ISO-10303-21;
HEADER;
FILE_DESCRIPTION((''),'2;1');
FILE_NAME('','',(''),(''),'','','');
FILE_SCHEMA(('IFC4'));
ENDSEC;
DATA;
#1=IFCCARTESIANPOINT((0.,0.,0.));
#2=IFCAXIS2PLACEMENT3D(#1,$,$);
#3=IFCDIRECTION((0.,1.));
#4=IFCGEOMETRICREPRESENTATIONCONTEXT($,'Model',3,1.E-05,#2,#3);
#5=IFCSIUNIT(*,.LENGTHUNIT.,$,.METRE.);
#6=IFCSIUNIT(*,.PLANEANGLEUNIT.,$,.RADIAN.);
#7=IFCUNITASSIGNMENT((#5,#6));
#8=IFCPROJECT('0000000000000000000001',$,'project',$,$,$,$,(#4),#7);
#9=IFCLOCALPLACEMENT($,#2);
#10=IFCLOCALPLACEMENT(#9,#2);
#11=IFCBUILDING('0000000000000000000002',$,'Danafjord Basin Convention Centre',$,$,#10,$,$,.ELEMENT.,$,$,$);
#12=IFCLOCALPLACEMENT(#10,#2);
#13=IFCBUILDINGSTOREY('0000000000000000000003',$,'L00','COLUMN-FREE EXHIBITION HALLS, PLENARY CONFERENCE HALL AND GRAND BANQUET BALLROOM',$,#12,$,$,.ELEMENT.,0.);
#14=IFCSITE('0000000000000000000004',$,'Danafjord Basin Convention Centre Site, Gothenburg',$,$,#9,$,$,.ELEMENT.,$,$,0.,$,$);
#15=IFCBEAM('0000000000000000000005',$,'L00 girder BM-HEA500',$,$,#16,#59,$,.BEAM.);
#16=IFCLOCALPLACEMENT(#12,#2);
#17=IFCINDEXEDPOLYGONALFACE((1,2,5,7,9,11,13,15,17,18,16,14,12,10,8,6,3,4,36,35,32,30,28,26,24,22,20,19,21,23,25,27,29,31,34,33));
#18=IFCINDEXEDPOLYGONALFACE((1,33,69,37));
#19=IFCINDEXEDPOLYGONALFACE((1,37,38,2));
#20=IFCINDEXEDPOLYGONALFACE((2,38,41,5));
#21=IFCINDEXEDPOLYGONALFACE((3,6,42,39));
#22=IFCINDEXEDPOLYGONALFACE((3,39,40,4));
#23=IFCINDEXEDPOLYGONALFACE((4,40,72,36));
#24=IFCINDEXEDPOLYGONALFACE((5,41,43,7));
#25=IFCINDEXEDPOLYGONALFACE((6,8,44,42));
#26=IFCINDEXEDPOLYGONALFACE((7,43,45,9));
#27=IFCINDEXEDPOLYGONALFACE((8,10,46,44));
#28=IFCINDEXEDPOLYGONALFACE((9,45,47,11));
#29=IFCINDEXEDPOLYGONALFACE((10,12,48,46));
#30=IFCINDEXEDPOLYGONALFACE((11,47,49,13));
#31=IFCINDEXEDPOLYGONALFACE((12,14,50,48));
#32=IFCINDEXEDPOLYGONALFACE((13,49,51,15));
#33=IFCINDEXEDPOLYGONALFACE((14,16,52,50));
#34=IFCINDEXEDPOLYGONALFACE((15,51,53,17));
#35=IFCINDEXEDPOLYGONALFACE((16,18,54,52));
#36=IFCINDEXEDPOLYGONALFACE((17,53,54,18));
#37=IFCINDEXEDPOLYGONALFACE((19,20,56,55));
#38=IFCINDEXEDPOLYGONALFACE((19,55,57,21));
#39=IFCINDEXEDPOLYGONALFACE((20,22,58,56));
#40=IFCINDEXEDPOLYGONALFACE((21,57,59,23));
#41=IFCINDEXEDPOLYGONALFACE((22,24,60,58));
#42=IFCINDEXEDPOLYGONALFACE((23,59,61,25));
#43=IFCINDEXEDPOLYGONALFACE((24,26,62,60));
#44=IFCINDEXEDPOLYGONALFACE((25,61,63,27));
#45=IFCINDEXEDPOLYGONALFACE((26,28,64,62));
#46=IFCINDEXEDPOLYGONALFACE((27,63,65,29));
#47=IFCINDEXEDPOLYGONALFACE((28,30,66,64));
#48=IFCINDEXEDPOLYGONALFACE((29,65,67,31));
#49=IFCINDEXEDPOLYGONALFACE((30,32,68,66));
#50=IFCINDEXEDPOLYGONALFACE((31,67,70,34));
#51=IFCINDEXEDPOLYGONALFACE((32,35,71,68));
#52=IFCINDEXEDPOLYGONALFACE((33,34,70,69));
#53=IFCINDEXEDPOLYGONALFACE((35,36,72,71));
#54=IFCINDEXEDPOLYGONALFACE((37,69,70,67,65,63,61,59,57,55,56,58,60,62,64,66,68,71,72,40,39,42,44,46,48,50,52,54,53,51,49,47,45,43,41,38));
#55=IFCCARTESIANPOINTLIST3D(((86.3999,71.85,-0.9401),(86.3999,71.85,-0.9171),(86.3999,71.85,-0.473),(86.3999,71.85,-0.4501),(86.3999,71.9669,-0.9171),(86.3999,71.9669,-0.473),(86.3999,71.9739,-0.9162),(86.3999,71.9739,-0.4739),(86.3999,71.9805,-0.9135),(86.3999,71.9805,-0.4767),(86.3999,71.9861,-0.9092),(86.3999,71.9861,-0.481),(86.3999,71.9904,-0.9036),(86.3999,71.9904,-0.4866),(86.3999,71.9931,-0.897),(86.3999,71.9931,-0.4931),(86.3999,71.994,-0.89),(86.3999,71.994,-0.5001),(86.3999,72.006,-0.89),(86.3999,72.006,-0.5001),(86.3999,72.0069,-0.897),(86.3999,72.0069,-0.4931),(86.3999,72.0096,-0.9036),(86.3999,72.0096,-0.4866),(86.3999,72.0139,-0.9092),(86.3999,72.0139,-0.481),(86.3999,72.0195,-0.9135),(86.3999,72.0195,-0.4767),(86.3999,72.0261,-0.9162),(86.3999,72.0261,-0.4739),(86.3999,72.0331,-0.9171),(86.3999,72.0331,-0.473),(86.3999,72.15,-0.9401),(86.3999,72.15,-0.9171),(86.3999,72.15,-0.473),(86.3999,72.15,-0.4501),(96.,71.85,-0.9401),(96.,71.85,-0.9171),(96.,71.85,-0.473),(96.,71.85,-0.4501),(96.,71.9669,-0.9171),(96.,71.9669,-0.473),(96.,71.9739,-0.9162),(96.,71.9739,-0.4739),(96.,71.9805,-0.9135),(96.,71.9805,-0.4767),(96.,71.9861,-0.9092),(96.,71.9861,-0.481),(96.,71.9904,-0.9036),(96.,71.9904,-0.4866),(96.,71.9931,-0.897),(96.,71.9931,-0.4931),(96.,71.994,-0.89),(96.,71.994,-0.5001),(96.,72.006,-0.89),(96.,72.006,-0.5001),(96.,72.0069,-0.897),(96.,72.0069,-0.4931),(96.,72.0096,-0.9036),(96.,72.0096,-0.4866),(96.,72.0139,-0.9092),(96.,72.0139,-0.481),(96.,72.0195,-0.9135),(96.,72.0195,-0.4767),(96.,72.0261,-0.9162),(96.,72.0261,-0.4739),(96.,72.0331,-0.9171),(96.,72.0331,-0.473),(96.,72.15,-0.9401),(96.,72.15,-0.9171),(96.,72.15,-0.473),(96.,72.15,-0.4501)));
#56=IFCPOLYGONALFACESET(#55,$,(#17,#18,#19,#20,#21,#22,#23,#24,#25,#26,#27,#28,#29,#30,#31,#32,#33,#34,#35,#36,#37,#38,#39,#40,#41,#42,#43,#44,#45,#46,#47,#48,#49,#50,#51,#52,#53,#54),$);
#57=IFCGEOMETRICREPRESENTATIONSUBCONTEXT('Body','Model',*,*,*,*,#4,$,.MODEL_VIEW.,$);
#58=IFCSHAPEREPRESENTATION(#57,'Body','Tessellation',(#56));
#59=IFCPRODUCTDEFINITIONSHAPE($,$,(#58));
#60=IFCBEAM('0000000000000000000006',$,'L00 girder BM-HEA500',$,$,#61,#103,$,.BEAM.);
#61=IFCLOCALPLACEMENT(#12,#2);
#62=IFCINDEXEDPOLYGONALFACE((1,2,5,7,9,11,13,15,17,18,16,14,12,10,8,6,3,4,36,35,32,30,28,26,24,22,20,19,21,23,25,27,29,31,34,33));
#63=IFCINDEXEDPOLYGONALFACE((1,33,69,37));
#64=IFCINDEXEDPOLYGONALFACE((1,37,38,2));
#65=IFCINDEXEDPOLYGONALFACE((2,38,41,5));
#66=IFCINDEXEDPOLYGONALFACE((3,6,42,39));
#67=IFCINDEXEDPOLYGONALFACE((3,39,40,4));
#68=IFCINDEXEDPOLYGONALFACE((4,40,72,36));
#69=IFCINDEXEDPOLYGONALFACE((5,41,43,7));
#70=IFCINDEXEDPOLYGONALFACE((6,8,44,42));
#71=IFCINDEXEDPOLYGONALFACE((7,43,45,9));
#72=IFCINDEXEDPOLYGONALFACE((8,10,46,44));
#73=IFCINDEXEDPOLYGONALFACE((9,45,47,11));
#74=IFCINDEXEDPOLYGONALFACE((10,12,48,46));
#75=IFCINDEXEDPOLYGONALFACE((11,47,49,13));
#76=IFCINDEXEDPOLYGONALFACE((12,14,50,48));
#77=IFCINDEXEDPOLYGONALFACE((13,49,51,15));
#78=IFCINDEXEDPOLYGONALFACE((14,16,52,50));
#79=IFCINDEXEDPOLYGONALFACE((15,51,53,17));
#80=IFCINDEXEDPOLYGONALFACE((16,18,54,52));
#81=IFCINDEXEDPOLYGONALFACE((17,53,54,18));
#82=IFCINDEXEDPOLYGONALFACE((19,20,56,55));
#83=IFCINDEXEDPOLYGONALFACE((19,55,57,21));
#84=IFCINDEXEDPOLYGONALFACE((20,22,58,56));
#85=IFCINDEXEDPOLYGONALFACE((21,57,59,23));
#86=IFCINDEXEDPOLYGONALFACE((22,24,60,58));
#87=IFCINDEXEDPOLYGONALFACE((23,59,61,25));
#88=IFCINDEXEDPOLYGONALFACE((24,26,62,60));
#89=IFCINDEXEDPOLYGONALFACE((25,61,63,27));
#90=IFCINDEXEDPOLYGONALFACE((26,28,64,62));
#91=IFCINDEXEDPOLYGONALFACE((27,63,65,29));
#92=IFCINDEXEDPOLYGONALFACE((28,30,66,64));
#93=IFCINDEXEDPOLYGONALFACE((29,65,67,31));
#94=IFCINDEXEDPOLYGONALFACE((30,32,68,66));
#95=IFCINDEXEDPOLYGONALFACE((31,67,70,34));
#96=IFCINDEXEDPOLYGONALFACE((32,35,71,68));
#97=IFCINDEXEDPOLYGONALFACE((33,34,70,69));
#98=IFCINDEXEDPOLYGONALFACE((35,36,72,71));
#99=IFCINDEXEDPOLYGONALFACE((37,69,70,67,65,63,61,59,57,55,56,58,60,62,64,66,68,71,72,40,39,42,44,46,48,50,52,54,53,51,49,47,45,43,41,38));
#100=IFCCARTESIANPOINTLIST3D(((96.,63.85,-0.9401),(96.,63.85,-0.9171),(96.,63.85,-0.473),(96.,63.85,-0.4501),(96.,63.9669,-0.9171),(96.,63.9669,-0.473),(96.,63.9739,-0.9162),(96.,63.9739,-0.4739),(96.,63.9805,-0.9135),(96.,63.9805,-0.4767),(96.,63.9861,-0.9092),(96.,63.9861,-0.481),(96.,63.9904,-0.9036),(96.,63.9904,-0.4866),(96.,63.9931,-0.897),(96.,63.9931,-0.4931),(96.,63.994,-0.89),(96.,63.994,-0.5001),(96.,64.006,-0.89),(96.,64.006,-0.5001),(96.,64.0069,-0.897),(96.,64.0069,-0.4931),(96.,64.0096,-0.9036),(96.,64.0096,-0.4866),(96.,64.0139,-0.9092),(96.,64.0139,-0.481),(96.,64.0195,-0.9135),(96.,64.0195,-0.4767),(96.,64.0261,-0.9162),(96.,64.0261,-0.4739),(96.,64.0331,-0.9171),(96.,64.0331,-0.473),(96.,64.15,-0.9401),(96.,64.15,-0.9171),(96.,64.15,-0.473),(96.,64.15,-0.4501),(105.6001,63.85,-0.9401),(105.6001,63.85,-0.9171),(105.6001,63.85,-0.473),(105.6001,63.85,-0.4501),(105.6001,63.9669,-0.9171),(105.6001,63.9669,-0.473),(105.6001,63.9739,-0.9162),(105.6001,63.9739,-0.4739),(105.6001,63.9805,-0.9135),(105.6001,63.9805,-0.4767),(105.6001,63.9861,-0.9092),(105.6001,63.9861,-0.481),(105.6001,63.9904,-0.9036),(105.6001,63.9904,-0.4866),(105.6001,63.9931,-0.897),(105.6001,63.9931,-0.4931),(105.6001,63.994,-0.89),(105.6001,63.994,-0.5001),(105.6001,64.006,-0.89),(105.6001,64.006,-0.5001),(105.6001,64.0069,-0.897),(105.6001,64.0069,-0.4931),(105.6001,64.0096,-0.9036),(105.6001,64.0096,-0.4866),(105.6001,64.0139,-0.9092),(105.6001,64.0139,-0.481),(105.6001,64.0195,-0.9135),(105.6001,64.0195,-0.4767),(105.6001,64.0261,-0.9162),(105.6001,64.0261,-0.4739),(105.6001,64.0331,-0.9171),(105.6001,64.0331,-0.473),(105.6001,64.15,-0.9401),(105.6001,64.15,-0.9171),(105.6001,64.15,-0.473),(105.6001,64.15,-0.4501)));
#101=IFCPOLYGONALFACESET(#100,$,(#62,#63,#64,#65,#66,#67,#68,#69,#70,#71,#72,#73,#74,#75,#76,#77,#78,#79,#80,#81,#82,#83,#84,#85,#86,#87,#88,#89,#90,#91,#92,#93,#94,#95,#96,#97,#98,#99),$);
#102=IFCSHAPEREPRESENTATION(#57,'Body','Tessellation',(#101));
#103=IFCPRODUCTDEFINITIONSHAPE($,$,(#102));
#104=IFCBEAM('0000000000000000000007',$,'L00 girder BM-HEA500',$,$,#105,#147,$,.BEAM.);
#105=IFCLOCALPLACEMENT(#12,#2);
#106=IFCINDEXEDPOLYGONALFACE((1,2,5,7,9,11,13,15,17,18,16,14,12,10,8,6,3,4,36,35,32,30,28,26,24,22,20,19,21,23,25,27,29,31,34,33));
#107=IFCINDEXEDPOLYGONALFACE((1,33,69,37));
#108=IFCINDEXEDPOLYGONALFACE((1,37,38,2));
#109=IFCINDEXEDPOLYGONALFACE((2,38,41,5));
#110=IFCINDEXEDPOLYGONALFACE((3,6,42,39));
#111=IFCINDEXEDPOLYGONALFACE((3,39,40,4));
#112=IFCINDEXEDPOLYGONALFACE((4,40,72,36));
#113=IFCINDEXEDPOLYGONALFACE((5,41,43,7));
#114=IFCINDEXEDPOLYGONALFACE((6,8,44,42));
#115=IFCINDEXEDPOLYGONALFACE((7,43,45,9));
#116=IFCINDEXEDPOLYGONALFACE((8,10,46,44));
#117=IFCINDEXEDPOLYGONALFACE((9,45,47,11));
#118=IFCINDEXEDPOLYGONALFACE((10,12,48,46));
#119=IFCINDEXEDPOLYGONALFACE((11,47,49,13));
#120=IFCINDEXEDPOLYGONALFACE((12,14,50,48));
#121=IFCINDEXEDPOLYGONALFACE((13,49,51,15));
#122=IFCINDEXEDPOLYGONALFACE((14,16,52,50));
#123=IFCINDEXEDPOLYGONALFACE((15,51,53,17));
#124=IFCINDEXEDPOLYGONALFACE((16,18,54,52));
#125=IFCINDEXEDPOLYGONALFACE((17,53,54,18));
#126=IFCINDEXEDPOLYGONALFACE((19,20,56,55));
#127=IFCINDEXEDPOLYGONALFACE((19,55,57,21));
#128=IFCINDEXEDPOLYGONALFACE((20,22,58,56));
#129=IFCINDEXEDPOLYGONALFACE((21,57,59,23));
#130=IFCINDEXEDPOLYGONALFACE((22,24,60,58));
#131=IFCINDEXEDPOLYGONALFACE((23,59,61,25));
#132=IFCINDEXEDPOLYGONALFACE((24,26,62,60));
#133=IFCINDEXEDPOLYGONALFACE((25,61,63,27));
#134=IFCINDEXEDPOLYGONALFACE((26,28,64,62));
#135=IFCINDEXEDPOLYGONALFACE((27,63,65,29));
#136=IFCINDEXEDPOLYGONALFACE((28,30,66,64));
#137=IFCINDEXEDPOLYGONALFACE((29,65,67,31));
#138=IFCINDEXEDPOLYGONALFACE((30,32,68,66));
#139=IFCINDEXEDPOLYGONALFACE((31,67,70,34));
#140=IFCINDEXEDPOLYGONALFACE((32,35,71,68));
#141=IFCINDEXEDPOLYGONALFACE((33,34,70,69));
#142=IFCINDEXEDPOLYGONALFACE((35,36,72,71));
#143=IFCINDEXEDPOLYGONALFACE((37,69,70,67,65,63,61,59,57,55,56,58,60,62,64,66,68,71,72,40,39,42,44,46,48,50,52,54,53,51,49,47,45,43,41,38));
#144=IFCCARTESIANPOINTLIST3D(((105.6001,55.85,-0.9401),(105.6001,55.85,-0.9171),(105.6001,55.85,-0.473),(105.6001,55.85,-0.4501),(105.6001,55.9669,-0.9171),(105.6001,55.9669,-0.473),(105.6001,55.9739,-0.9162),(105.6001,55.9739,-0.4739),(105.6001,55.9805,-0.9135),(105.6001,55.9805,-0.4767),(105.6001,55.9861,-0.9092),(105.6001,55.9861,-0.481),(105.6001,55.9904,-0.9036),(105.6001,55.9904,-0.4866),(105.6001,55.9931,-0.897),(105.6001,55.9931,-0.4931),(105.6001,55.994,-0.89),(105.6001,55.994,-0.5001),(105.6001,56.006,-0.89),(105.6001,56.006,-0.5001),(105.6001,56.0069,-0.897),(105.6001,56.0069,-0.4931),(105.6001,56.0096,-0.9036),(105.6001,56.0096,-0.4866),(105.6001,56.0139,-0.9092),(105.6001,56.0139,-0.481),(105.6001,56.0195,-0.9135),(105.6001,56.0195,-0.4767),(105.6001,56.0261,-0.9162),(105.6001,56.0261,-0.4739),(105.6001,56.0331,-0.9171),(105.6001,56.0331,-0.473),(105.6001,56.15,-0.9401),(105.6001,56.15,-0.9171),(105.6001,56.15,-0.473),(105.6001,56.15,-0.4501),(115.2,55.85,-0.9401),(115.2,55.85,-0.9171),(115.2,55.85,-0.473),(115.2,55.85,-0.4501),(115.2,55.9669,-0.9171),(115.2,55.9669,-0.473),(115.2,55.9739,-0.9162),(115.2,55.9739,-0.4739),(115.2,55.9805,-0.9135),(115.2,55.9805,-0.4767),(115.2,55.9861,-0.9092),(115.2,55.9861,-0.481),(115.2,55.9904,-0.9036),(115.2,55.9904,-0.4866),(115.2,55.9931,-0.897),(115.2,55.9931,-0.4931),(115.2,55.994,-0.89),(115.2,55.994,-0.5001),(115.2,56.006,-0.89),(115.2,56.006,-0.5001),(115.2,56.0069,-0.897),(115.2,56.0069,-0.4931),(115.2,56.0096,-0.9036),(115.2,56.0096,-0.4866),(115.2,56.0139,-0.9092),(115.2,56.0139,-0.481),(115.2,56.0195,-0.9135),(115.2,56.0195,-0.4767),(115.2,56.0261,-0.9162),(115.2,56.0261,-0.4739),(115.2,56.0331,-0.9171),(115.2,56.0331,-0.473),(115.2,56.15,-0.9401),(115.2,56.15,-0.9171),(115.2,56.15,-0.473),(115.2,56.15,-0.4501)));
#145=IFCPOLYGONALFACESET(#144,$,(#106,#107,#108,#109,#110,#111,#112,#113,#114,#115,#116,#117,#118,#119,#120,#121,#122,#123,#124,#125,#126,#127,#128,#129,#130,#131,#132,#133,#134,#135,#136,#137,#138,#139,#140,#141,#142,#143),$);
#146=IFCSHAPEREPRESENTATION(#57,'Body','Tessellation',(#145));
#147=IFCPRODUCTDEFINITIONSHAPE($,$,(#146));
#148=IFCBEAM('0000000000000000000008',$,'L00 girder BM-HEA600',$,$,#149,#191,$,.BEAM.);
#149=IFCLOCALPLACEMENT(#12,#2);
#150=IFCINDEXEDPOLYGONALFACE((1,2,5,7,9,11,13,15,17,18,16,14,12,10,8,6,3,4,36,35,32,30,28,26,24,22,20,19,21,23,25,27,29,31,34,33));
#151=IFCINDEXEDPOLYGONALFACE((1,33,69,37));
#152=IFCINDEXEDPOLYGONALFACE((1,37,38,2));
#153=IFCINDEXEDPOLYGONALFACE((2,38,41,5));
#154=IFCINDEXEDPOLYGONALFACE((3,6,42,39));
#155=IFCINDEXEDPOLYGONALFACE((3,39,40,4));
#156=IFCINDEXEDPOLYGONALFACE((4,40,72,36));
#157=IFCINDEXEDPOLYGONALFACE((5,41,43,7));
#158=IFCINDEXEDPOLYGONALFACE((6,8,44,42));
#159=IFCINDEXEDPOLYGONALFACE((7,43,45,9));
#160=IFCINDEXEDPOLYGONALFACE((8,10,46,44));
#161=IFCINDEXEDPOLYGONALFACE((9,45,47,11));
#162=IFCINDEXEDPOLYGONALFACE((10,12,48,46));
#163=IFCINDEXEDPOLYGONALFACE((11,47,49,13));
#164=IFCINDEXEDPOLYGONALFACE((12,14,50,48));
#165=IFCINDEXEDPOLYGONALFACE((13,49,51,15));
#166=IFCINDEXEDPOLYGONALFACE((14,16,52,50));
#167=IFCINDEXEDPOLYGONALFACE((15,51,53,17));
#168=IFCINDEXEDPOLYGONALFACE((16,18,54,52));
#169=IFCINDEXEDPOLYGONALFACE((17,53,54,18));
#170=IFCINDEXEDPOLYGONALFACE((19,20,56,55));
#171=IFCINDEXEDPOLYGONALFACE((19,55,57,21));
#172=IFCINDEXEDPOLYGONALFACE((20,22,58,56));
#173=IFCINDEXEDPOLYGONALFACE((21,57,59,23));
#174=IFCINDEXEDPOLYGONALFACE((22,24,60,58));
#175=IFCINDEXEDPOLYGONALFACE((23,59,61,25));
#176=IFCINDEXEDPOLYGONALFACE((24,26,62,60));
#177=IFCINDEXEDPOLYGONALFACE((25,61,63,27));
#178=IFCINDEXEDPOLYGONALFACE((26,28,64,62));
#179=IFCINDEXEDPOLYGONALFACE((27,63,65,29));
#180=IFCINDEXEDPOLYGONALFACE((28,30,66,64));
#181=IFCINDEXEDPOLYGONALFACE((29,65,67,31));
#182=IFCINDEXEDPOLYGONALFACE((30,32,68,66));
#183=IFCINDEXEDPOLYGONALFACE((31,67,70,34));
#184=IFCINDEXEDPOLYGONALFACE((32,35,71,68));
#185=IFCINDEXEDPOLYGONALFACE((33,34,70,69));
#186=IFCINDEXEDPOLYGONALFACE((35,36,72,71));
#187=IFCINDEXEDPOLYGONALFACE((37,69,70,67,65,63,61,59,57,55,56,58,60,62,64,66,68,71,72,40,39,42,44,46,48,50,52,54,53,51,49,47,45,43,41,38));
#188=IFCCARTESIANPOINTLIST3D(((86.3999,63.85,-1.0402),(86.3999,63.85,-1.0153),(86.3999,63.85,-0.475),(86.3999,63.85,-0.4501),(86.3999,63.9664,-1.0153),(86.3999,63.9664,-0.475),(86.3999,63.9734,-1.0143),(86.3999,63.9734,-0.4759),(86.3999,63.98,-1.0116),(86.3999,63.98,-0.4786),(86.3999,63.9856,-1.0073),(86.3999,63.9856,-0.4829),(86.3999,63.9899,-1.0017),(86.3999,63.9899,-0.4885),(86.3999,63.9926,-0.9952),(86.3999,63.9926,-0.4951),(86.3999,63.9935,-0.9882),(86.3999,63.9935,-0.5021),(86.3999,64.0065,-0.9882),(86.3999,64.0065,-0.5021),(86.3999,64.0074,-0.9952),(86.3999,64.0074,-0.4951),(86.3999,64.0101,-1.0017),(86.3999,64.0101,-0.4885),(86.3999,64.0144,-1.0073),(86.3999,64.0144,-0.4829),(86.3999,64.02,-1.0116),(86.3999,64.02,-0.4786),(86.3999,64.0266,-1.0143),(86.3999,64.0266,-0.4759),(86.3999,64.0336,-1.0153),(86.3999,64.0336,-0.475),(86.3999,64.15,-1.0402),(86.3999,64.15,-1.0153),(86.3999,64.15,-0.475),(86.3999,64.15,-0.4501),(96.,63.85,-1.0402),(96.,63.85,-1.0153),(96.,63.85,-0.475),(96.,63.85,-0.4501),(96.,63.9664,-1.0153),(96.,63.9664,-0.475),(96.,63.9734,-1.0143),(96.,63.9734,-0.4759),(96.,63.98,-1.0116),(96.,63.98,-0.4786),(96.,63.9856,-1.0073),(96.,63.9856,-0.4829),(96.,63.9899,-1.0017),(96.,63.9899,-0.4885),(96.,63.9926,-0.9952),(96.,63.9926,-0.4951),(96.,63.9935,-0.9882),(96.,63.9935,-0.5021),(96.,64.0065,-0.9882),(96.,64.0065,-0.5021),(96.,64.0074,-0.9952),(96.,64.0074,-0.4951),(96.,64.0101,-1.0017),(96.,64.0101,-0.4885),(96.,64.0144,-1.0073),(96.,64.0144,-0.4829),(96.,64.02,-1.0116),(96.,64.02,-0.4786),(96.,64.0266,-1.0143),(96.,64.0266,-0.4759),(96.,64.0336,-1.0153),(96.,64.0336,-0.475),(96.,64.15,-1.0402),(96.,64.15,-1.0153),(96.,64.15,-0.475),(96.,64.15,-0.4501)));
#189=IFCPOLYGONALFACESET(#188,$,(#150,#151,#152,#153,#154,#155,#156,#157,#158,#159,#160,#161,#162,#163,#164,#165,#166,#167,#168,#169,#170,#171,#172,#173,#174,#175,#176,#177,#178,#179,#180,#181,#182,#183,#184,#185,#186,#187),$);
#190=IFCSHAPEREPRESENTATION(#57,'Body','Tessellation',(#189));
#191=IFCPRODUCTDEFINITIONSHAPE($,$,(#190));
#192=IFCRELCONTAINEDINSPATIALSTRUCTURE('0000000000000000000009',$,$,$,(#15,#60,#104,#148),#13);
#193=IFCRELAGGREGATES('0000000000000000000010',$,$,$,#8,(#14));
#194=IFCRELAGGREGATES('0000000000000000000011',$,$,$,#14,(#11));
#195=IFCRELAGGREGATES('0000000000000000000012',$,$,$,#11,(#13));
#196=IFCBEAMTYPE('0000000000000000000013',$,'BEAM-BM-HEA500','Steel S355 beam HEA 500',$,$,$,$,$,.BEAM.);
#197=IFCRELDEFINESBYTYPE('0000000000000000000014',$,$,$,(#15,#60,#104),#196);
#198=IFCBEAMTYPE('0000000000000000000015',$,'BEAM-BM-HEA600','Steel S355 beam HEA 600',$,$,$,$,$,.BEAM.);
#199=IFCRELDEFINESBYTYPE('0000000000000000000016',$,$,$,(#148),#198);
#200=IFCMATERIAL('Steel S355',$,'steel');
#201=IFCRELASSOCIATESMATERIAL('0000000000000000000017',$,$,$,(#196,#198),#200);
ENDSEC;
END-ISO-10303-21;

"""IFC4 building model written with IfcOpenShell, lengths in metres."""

from ifc_helpers import new_model, si_unit, direction, frame, origin, origin_2d, place, context, subcontext, project, spatial, i_section, extrude, material, material_profile, profile_set, type_object, element, save


model = new_model("IFC4")

# Units and contexts
model_context = context("Model", 3, precision=1e-05, world=origin(), true_north=direction((0.0, 1.0)))
body_context = subcontext(model_context, "Body", "Model", "MODEL_VIEW")
ifc_project = project(units=[si_unit("LENGTHUNIT", "METRE"), si_unit("PLANEANGLEUNIT", "RADIAN")], contexts=[model_context])

# Site, building, storey
site_placement = place(None, origin())
site = spatial("IfcSite", under=ifc_project, at=site_placement, Name="Danafjord Basin Convention Centre Site, Gothenburg", CompositionType="ELEMENT", RefElevation=0.0)
building_placement = place(site_placement, origin())
building = spatial("IfcBuilding", under=site, at=building_placement, Name="Danafjord Basin Convention Centre", CompositionType="ELEMENT")
storey_placement = place(building_placement, origin())
storey = spatial("IfcBuildingStorey", under=building, at=storey_placement, Name="L00", Description="COLUMN-FREE EXHIBITION HALLS, PLENARY CONFERENCE HALL AND GRAND BANQUET BALLROOM", CompositionType="ELEMENT", Elevation=0.0)

# Beams
ifc_material = material(Name="Steel S355", Category="steel")
ifc_material_profile_1 = material_profile(ifc_material, i_section(OverallWidth=0.3, OverallDepth=0.49, WebThickness=0.012, FlangeThickness=0.0229, FilletRadius=0.0271, at=origin_2d()), Name="HEA 500")
ifc_profile_set_1 = profile_set([ifc_material_profile_1], Name="Steel S355")
beam_type_1 = type_object("IfcBeamType", Name="BEAM-BM-HEA500", Description="Steel S355 beam HEA 500", PredefinedType="BEAM", material=ifc_profile_set_1)
for number, where, z_axis, x_axis, name in (
    (1, (86.3999, 72.0, -0.6951), (1.0, 0.0, 0.0), (0.0, 1.0, 0.0), "L00 girder BM-HEA500"),
    (2, (96.0, 64.0, -0.6951), (1.0, 0.0, 0.0), (0.0, 1.0, 0.0), "L00 girder BM-HEA500"),
):
    element("IfcBeam", number, at=place(storey_placement, frame(where, z_axis=z_axis, x_axis=x_axis)), inside=storey, type_object=beam_type_1, Name=name, PredefinedType="BEAM", context=body_context, shape_type="SweptSolid", body=[
        extrude(i_section(OverallWidth=0.3, OverallDepth=0.49, WebThickness=0.012, FlangeThickness=0.0229, FilletRadius=0.0271, at=origin_2d()), origin(), (0.0, 0.0, 1.0), 9.6001),
    ])
beam_1_placement = place(storey_placement, frame((105.6001, 56.0, -0.6951), z_axis=(1.0, 0.0, 0.0), x_axis=(0.0, 1.0, 0.0)))
element("IfcBeam", 3, at=beam_1_placement, inside=storey, type_object=beam_type_1, Name="L00 girder BM-HEA500", PredefinedType="BEAM", context=body_context, shape_type="SweptSolid", body=[
    extrude(i_section(OverallWidth=0.3, OverallDepth=0.49, WebThickness=0.012, FlangeThickness=0.0229, FilletRadius=0.0271, at=origin_2d()), origin(), (0.0, 0.0, 1.0), 9.5999),
])
ifc_material_profile_2 = material_profile(ifc_material, i_section(OverallWidth=0.3, OverallDepth=0.5901, WebThickness=0.0129, FlangeThickness=0.0249, FilletRadius=0.0271, at=origin_2d()), Name="HEA 600")
ifc_profile_set_2 = profile_set([ifc_material_profile_2], Name="Steel S355")
beam_type_2 = type_object("IfcBeamType", Name="BEAM-BM-HEA600", Description="Steel S355 beam HEA 600", PredefinedType="BEAM", material=ifc_profile_set_2)
beam_2_placement = place(storey_placement, frame((86.3999, 64.0, -0.7451), z_axis=(1.0, 0.0, 0.0), x_axis=(0.0, 1.0, 0.0)))
element("IfcBeam", 4, at=beam_2_placement, inside=storey, type_object=beam_type_2, Name="L00 girder BM-HEA600", PredefinedType="BEAM", context=body_context, shape_type="SweptSolid", body=[
    extrude(i_section(OverallWidth=0.3, OverallDepth=0.5901, WebThickness=0.0129, FlangeThickness=0.0249, FilletRadius=0.0271, at=origin_2d()), origin(), (0.0, 0.0, 1.0), 9.6001),
])

save(model, "model.ifc")
